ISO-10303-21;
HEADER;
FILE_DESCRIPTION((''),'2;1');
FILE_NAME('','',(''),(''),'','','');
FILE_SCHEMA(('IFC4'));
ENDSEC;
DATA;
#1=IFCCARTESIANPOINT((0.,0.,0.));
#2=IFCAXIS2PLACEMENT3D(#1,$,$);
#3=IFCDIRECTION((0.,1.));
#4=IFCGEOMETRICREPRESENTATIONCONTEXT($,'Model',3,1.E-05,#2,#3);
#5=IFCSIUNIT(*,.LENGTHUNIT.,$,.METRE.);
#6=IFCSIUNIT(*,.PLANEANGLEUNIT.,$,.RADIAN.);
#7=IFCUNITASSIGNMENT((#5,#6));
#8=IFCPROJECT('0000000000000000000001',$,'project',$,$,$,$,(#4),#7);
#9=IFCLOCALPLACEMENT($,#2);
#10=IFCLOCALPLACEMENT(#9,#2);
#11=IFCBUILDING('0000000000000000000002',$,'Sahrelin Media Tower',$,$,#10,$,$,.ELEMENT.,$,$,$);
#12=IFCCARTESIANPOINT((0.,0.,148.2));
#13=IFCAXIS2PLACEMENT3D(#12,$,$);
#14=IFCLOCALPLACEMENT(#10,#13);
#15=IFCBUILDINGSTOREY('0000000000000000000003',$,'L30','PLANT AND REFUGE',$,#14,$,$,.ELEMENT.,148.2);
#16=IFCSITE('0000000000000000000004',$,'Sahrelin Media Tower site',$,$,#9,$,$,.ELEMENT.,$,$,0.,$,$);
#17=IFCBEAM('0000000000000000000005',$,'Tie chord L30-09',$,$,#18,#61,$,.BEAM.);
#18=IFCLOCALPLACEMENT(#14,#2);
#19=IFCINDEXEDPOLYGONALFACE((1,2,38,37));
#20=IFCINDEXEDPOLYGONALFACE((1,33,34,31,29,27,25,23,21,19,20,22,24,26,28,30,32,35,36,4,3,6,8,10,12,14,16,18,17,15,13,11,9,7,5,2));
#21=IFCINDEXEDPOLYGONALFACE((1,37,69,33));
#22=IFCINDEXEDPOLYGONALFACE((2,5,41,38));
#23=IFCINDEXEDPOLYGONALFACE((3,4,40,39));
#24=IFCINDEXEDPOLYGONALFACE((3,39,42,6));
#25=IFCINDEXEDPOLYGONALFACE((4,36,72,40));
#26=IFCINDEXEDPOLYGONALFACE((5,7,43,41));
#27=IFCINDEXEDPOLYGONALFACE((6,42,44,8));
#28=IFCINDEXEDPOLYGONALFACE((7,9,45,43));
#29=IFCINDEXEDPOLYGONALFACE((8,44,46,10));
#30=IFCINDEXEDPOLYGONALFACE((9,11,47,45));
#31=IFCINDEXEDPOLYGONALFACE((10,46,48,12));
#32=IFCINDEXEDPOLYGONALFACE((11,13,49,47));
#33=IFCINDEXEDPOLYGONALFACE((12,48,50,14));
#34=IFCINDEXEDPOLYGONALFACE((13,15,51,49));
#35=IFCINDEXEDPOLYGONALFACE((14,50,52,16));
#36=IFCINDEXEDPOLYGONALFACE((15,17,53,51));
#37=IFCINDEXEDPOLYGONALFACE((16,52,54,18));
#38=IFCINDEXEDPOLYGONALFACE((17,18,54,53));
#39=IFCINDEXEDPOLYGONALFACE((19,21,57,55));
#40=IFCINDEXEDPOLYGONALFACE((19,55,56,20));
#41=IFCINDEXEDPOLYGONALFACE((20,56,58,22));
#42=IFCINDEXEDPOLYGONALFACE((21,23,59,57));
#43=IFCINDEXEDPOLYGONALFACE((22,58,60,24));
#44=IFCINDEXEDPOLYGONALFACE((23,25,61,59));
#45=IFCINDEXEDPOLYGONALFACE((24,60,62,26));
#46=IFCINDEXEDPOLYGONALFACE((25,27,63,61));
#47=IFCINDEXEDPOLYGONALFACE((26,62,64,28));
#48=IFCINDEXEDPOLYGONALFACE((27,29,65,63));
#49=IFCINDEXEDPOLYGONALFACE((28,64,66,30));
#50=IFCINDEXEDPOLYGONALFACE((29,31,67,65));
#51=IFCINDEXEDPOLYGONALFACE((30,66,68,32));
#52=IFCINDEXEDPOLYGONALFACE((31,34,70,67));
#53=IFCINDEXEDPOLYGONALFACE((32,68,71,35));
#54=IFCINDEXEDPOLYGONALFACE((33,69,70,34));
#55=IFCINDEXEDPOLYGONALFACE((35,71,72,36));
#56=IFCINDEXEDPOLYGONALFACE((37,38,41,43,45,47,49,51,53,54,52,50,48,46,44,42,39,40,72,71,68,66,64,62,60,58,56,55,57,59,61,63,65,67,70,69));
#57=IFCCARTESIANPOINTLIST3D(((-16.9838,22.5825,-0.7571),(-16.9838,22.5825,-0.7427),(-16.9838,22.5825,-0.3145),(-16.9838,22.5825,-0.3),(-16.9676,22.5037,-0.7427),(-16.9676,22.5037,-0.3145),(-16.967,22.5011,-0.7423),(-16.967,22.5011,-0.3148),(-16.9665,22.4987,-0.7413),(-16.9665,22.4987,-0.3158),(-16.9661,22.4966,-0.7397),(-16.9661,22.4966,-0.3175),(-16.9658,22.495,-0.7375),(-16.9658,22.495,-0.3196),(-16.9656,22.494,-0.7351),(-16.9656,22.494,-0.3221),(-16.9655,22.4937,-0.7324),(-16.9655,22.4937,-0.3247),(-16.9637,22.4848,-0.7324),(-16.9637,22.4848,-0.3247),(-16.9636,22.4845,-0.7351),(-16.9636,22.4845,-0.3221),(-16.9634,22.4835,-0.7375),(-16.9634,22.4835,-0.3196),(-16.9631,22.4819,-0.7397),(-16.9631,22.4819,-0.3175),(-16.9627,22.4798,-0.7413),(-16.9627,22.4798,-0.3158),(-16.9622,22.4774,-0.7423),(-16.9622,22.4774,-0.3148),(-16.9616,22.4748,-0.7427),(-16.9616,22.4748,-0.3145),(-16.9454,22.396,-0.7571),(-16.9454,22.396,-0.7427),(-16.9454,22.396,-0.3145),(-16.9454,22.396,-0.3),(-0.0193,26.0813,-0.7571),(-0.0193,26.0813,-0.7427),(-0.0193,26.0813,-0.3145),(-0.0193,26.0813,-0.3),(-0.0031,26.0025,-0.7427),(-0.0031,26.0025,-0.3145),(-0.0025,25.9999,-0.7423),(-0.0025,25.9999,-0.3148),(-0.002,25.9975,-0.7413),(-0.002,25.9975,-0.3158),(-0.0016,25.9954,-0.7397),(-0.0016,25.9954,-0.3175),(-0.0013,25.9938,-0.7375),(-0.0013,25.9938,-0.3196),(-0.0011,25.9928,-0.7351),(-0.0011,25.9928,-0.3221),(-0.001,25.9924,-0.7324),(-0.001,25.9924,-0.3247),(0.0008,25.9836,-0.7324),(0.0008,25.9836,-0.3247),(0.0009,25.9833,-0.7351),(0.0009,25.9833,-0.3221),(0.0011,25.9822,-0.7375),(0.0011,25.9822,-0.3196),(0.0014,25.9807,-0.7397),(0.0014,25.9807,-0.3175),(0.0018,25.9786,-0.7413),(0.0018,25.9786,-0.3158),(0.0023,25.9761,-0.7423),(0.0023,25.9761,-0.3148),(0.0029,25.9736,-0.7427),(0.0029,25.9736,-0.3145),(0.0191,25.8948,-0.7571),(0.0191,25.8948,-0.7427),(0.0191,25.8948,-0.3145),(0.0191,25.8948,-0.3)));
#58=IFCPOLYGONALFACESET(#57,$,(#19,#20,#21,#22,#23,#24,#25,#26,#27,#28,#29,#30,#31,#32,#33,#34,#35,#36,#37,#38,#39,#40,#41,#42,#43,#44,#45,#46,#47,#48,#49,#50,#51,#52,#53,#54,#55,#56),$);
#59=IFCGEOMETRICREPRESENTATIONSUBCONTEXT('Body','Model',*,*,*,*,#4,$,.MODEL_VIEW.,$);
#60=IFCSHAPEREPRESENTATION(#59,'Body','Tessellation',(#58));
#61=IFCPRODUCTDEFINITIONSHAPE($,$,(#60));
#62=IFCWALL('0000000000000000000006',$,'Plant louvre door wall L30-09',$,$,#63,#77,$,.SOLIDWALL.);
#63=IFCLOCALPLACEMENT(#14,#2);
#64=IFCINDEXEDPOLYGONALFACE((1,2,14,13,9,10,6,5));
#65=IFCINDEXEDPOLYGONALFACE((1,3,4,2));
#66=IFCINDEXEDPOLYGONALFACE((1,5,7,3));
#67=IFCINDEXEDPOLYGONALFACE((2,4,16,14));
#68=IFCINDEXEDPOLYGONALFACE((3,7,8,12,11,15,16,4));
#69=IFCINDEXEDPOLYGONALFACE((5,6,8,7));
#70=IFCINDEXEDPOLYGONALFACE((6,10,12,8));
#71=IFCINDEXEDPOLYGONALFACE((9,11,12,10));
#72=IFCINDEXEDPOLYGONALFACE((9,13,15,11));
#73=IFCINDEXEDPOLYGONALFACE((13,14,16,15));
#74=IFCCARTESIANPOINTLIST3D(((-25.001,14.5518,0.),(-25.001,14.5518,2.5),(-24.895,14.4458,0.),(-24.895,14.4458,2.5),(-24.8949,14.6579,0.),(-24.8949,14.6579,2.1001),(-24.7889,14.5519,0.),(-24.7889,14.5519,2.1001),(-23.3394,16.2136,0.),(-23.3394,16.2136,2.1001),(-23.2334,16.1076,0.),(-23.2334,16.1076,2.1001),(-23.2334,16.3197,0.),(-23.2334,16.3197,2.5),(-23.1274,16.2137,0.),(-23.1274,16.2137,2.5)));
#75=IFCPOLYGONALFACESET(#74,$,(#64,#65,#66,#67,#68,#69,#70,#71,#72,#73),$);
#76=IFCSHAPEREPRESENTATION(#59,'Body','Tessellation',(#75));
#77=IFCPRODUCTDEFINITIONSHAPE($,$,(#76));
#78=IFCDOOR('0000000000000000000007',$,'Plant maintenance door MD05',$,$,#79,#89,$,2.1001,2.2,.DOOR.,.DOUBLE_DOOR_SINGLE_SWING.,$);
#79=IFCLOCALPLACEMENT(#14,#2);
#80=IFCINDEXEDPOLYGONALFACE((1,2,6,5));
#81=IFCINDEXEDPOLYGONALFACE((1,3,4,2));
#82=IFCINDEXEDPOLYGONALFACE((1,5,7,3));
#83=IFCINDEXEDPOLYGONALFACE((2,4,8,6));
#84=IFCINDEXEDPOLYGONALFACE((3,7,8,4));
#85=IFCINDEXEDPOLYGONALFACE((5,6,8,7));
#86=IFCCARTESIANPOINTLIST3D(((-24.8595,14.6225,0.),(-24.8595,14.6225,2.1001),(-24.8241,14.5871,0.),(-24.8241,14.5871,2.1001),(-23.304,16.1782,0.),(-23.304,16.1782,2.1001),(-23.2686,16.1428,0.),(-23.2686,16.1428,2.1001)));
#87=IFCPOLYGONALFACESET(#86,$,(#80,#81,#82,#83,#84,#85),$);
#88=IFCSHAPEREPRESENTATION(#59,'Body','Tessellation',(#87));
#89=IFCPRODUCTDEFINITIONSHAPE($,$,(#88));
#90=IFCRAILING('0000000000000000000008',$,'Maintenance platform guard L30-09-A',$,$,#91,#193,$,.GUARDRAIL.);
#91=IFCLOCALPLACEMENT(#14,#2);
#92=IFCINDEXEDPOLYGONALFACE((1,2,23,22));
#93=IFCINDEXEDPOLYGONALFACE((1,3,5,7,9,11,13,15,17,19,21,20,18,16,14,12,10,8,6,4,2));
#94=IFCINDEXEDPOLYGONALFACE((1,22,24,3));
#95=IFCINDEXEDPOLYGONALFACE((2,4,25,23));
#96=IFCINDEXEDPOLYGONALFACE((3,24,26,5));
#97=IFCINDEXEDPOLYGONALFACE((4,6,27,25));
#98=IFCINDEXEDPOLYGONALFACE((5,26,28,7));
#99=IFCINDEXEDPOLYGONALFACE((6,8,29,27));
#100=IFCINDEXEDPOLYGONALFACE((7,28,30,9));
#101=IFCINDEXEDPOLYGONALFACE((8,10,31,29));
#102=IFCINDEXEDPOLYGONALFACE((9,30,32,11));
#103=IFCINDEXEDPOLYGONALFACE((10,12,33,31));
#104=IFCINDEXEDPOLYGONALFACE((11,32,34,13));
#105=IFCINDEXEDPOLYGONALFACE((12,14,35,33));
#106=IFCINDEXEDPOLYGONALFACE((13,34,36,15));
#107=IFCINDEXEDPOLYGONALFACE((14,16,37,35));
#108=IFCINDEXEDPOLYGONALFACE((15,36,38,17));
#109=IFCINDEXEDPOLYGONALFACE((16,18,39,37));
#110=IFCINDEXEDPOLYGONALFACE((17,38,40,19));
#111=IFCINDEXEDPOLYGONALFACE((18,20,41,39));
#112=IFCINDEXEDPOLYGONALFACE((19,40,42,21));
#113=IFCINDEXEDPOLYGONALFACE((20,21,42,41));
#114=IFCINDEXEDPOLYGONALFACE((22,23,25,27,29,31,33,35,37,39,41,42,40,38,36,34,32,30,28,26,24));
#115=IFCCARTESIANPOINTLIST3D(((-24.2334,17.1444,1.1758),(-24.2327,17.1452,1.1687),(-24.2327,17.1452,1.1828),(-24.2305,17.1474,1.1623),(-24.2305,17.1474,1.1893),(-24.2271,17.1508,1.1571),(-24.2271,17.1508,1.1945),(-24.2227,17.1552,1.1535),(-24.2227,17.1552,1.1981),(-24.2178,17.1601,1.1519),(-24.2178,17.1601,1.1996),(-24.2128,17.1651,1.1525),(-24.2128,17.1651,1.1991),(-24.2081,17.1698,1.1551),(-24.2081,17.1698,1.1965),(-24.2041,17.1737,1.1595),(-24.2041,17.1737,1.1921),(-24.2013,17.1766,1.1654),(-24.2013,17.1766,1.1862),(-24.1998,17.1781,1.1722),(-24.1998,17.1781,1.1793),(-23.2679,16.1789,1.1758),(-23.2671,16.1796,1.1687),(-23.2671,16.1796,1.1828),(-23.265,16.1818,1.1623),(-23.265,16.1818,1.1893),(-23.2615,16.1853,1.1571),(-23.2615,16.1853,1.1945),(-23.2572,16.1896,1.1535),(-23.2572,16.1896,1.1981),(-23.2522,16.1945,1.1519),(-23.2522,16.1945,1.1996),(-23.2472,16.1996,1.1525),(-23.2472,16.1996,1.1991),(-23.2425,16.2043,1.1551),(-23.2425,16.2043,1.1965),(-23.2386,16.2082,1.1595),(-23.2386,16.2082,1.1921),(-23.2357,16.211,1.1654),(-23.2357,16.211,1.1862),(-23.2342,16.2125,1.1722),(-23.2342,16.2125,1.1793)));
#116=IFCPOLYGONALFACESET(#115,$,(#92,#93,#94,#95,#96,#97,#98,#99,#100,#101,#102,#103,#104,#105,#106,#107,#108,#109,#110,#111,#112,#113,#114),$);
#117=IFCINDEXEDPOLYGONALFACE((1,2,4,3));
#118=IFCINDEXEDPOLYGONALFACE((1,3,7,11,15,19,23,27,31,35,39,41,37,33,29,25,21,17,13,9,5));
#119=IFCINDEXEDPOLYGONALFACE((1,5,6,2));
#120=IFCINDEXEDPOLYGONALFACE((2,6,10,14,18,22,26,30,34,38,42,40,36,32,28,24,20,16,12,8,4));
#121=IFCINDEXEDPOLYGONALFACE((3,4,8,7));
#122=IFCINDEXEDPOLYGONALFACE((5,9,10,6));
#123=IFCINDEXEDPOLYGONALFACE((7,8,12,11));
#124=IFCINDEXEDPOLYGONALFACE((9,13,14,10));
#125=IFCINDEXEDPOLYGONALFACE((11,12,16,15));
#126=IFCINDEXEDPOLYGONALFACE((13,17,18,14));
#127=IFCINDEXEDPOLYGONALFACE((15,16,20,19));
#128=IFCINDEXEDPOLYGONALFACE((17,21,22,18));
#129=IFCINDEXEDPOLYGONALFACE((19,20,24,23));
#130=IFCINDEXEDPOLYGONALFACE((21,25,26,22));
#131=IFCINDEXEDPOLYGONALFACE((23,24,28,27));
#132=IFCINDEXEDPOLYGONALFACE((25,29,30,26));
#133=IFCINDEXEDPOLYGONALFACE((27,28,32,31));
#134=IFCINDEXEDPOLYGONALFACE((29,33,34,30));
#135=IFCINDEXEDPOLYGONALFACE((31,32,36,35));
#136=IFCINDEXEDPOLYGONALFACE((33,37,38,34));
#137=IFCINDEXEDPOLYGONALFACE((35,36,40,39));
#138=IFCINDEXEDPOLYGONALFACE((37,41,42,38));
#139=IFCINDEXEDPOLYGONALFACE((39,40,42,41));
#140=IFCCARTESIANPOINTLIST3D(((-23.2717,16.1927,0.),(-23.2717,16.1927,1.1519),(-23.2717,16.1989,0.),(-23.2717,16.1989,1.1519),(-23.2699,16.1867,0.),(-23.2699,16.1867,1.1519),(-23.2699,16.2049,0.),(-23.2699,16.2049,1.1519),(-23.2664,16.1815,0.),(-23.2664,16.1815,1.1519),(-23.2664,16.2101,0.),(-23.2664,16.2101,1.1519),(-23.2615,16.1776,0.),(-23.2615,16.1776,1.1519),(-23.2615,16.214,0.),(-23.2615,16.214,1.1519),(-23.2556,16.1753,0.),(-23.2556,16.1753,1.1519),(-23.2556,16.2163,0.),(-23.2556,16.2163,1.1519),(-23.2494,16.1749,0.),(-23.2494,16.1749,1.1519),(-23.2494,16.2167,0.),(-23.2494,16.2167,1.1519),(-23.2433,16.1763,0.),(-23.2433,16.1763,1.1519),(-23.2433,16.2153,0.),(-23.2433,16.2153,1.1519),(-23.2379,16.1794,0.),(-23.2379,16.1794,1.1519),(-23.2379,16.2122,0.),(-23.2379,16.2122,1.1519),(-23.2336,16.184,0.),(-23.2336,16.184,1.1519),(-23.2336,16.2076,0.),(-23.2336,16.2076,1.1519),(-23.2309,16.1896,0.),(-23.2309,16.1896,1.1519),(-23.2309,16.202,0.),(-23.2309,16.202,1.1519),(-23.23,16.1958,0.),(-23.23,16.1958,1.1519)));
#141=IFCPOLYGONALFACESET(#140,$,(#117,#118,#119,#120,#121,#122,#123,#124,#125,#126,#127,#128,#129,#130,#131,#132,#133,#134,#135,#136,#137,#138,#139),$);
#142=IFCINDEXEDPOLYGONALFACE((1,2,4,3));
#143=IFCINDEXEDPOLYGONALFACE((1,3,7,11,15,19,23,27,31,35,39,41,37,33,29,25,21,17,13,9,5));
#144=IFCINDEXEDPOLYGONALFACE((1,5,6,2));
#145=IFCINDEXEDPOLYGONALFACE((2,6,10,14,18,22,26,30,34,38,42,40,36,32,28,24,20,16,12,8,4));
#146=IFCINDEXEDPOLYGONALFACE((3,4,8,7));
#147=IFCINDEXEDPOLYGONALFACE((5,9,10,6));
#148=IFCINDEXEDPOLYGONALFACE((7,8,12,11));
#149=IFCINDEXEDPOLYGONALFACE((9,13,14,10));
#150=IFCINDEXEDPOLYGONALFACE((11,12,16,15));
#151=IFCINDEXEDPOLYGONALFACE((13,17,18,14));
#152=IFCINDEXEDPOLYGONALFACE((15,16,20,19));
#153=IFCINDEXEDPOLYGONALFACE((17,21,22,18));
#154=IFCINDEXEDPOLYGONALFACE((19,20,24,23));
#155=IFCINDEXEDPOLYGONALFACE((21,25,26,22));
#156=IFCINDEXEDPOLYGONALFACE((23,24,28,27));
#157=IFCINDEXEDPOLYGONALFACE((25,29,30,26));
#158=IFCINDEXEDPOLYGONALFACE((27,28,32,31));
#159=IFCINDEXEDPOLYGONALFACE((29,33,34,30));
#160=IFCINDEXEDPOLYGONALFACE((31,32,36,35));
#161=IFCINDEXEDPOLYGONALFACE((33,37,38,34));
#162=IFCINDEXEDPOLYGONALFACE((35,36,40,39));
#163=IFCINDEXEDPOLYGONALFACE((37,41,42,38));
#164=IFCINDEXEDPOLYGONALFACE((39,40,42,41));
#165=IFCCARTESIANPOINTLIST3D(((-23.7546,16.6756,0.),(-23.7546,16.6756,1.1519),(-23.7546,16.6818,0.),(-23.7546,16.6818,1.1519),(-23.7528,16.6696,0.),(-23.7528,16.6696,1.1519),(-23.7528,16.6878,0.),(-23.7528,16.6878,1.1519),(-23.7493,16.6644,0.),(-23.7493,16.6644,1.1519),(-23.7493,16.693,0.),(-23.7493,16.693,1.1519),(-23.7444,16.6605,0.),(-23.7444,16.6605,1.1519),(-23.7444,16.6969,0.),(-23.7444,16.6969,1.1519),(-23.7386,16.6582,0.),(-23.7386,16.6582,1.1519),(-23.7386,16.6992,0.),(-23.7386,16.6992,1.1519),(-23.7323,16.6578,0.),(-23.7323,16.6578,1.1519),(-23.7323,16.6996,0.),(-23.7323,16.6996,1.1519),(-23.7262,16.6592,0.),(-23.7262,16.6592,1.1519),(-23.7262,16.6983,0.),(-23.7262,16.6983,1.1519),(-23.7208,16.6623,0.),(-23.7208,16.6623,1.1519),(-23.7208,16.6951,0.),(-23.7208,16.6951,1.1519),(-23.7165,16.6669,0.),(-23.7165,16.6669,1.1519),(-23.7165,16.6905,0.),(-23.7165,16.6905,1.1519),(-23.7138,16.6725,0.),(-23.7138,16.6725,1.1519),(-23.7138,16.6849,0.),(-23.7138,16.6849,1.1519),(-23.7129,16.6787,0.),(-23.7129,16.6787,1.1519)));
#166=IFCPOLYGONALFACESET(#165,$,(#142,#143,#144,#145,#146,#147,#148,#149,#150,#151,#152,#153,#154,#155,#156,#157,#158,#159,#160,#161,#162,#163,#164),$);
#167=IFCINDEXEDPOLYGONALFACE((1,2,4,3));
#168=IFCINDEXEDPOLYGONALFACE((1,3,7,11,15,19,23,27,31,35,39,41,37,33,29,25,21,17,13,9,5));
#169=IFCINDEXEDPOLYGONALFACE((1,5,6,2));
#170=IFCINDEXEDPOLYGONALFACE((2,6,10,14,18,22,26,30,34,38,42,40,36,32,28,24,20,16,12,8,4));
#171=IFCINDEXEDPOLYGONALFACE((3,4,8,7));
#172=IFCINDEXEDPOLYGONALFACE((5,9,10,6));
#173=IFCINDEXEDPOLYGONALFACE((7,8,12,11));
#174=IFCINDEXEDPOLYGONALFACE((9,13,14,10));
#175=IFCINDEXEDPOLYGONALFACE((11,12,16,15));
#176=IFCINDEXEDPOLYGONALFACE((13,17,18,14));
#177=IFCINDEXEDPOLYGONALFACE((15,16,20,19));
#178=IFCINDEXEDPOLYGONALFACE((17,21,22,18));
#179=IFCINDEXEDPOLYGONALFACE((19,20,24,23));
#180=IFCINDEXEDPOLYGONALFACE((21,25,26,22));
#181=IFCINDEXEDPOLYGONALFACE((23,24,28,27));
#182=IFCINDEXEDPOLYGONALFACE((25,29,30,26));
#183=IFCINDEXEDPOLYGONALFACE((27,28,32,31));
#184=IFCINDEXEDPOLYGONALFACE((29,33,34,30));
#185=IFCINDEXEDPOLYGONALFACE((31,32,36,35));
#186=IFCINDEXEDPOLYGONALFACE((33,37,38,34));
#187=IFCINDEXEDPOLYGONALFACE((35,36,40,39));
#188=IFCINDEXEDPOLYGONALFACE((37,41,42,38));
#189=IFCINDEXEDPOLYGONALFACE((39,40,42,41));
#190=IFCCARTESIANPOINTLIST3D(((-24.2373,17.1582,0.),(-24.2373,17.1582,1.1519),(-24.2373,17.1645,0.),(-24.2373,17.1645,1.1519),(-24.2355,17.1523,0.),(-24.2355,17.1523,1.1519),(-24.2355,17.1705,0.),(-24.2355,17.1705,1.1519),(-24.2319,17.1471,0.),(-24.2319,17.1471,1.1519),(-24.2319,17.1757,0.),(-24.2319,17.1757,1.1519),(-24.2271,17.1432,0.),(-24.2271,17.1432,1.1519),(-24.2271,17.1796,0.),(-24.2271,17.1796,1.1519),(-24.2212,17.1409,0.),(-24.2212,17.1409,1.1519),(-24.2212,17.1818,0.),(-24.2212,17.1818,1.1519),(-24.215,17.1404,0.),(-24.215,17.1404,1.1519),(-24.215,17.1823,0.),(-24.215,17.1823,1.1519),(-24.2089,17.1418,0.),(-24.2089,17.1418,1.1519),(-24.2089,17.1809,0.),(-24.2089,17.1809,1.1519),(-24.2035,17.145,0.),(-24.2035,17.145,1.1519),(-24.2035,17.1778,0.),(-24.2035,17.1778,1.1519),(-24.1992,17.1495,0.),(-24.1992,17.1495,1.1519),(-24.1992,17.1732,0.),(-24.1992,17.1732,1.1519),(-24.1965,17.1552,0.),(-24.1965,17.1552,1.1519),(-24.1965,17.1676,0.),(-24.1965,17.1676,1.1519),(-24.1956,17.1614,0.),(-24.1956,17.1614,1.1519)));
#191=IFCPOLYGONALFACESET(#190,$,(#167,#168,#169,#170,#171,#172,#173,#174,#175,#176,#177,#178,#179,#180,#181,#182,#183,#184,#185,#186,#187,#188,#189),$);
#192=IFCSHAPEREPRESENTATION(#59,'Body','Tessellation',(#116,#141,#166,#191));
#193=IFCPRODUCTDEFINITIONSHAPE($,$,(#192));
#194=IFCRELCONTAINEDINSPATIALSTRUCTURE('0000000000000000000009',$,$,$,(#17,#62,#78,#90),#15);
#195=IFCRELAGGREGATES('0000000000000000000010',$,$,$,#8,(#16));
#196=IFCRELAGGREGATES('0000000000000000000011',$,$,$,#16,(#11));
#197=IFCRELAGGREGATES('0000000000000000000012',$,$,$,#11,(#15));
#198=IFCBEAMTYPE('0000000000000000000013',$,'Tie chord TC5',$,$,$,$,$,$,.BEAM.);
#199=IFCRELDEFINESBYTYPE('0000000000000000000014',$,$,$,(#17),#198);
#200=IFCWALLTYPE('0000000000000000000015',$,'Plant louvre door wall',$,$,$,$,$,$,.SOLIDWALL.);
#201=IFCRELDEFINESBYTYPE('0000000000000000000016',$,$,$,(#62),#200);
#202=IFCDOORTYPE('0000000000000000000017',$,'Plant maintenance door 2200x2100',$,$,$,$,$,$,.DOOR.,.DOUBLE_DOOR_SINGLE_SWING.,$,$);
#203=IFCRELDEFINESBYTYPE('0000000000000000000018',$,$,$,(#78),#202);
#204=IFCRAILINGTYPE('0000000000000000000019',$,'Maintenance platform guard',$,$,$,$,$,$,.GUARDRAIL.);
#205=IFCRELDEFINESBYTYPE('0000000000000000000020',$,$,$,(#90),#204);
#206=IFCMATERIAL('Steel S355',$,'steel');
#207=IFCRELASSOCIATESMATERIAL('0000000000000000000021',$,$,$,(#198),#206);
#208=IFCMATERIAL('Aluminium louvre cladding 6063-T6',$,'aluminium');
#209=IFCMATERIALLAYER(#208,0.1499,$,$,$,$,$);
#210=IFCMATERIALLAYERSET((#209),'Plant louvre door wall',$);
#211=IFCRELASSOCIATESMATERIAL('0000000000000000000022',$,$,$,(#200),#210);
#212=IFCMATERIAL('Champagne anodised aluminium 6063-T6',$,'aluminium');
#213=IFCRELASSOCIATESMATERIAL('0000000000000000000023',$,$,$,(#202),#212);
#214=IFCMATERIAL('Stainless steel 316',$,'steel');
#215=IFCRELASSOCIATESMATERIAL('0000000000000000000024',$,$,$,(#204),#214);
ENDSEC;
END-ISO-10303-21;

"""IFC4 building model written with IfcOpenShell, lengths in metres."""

from ifc_helpers import new_model, si_unit, direction, frame, frame_2d, origin, origin_2d, place, context, subcontext, project, spatial, rectangle, circle, i_section, extrude, material, layer, layer_set, material_profile, profile_set, type_object, element, fill, save


model = new_model("IFC4")

# Units and contexts
model_context = context("Model", 3, precision=1e-05, world=origin(), true_north=direction((0.0, 1.0)))
body_context = subcontext(model_context, "Body", "Model", "MODEL_VIEW")
ifc_project = project(units=[si_unit("LENGTHUNIT", "METRE"), si_unit("PLANEANGLEUNIT", "RADIAN")], contexts=[model_context])

# Site, building, storey
site_placement = place(None, origin())
site = spatial("IfcSite", under=ifc_project, at=site_placement, Name="Sahrelin Media Tower site", CompositionType="ELEMENT", RefElevation=0.0)
building_placement = place(site_placement, origin())
building = spatial("IfcBuilding", under=site, at=building_placement, Name="Sahrelin Media Tower", CompositionType="ELEMENT")
storey_placement = place(building_placement, frame((0.0, 0.0, 148.2)))
storey = spatial("IfcBuildingStorey", under=building, at=storey_placement, Name="L30", Description="PLANT AND REFUGE", CompositionType="ELEMENT", Elevation=148.2)

# Beam
ifc_material_1 = material(Name="Steel S355", Category="steel")
ifc_material_profile_1 = material_profile(ifc_material_1, i_section(OverallWidth=0.1904, OverallDepth=0.457, WebThickness=0.009, FlangeThickness=0.0144, FilletRadius=0.0103, at=origin_2d()), Name="UB 457x191x74")
ifc_profile_set_1 = profile_set([ifc_material_profile_1], Name="Steel S355")
beam_type_1 = type_object("IfcBeamType", Name="Tie chord TC5", PredefinedType="BEAM", material=ifc_profile_set_1)
beam_1_placement = place(storey_placement, frame((-16.9646, 22.4893, -0.5286), z_axis=(0.979388, 0.201989, 0.0), x_axis=(-0.201989, 0.979388, 0.0)))
element("IfcBeam", 1, at=beam_1_placement, inside=storey, type_object=beam_type_1, Name="Tie chord L30-09", PredefinedType="BEAM", context=body_context, shape_type="SweptSolid", body=[
    extrude(i_section(OverallWidth=0.1904, OverallDepth=0.457, WebThickness=0.009, FlangeThickness=0.0144, FilletRadius=0.0103, at=origin_2d()), origin(), (0.0, 0.0, 1.0), 17.3215),
])

# Wall, opening, door
ifc_material_2 = material(Name="Aluminium louvre cladding 6063-T6", Category="aluminium")
ifc_layer = layer(ifc_material_2, 0.1499)
ifc_layer_set = layer_set([ifc_layer], Name="Plant louvre door wall")
wall_type = type_object("IfcWallType", Name="Plant louvre door wall", PredefinedType="SOLIDWALL", material=ifc_layer_set)
wall_placement = place(storey_placement, frame((-24.948, 14.4988, 0.0), z_axis=(0.0, 0.0, 1.0), x_axis=(0.707058, 0.707156, 0.0)))
wall = element("IfcWall", 2, at=wall_placement, inside=storey, type_object=wall_type, Name="Plant louvre door wall L30-09", PredefinedType="SOLIDWALL", context=body_context, shape_type="SweptSolid", body=[
    extrude(rectangle(XDim=2.5, YDim=0.1499, at=frame_2d((1.25, 0.0))), origin(), (0.0, 0.0, 1.0), 2.5),
])
opening_placement = place(wall_placement, frame((0.1499, 0.0, 0.0)))
opening = element("IfcOpeningElement", 3, at=opening_placement, cuts=wall, PredefinedType="OPENING", context=body_context, shape_type="SweptSolid", body=[
    extrude(rectangle(XDim=2.2, YDim=2.1001, at=frame_2d((1.1001, 1.05))), frame((0.0, 0.075, 0.0), z_axis=(0.0, -1.0, 0.0), x_axis=(1.0, 0.0, 0.0)), (0.0, 0.0, 1.0), 0.1499),
])
ifc_material_3 = material(Name="Champagne anodised aluminium 6063-T6", Category="aluminium")
door_type = type_object("IfcDoorType", Name="Plant maintenance door 2200x2100", OperationType="DOUBLE_DOOR_SINGLE_SWING", PredefinedType="DOOR", material=ifc_material_3)
door_placement = place(opening_placement, origin())
door = element("IfcDoor", 4, at=door_placement, inside=storey, type_object=door_type, Name="Plant maintenance door MD05", OperationType="DOUBLE_DOOR_SINGLE_SWING", OverallHeight=2.1001, OverallWidth=2.2, PredefinedType="DOOR", context=body_context, shape_type="SweptSolid", body=[
    extrude(rectangle(XDim=2.2, YDim=2.1001, at=frame_2d((1.1001, 1.05))), frame((0.0, 0.0249, 0.0), z_axis=(0.0, -1.0, 0.0), x_axis=(1.0, 0.0, 0.0)), (0.0, 0.0, 1.0), 0.05),
])
fill(opening, door)

# Railing
ifc_material_4 = material(Name="Stainless steel 316", Category="steel")
railing_type = type_object("IfcRailingType", Name="Maintenance platform guard", PredefinedType="GUARDRAIL", material=ifc_material_4)
railing_1_placement = place(storey_placement, frame((-23.251, 16.1958, 0.0)))
element("IfcRailing", 5, at=railing_1_placement, inside=storey, type_object=railing_type, Name="Maintenance platform guard L30-09-A", PredefinedType="GUARDRAIL", context=body_context, shape_type="SweptSolid", body=[
    extrude(circle(Radius=0.0239, at=origin_2d()), frame((0.0, 0.0, 1.1758), z_axis=(-0.707107, 0.707107, 0.0), x_axis=(-0.707107, -0.707107, 0.0)), (0.0, 0.0, 1.0), 1.3655),
    extrude(circle(Radius=0.021, at=origin_2d()), origin(), (0.0, 0.0, 1.0), 1.1519),
    extrude(circle(Radius=0.021, at=origin_2d()), frame((-0.4829, 0.4829, 0.0)), (0.0, 0.0, 1.0), 1.1519),
    extrude(circle(Radius=0.021, at=origin_2d()), frame((-0.9656, 0.9656, 0.0)), (0.0, 0.0, 1.0), 1.1519),
])

save(model, "model.ifc")
